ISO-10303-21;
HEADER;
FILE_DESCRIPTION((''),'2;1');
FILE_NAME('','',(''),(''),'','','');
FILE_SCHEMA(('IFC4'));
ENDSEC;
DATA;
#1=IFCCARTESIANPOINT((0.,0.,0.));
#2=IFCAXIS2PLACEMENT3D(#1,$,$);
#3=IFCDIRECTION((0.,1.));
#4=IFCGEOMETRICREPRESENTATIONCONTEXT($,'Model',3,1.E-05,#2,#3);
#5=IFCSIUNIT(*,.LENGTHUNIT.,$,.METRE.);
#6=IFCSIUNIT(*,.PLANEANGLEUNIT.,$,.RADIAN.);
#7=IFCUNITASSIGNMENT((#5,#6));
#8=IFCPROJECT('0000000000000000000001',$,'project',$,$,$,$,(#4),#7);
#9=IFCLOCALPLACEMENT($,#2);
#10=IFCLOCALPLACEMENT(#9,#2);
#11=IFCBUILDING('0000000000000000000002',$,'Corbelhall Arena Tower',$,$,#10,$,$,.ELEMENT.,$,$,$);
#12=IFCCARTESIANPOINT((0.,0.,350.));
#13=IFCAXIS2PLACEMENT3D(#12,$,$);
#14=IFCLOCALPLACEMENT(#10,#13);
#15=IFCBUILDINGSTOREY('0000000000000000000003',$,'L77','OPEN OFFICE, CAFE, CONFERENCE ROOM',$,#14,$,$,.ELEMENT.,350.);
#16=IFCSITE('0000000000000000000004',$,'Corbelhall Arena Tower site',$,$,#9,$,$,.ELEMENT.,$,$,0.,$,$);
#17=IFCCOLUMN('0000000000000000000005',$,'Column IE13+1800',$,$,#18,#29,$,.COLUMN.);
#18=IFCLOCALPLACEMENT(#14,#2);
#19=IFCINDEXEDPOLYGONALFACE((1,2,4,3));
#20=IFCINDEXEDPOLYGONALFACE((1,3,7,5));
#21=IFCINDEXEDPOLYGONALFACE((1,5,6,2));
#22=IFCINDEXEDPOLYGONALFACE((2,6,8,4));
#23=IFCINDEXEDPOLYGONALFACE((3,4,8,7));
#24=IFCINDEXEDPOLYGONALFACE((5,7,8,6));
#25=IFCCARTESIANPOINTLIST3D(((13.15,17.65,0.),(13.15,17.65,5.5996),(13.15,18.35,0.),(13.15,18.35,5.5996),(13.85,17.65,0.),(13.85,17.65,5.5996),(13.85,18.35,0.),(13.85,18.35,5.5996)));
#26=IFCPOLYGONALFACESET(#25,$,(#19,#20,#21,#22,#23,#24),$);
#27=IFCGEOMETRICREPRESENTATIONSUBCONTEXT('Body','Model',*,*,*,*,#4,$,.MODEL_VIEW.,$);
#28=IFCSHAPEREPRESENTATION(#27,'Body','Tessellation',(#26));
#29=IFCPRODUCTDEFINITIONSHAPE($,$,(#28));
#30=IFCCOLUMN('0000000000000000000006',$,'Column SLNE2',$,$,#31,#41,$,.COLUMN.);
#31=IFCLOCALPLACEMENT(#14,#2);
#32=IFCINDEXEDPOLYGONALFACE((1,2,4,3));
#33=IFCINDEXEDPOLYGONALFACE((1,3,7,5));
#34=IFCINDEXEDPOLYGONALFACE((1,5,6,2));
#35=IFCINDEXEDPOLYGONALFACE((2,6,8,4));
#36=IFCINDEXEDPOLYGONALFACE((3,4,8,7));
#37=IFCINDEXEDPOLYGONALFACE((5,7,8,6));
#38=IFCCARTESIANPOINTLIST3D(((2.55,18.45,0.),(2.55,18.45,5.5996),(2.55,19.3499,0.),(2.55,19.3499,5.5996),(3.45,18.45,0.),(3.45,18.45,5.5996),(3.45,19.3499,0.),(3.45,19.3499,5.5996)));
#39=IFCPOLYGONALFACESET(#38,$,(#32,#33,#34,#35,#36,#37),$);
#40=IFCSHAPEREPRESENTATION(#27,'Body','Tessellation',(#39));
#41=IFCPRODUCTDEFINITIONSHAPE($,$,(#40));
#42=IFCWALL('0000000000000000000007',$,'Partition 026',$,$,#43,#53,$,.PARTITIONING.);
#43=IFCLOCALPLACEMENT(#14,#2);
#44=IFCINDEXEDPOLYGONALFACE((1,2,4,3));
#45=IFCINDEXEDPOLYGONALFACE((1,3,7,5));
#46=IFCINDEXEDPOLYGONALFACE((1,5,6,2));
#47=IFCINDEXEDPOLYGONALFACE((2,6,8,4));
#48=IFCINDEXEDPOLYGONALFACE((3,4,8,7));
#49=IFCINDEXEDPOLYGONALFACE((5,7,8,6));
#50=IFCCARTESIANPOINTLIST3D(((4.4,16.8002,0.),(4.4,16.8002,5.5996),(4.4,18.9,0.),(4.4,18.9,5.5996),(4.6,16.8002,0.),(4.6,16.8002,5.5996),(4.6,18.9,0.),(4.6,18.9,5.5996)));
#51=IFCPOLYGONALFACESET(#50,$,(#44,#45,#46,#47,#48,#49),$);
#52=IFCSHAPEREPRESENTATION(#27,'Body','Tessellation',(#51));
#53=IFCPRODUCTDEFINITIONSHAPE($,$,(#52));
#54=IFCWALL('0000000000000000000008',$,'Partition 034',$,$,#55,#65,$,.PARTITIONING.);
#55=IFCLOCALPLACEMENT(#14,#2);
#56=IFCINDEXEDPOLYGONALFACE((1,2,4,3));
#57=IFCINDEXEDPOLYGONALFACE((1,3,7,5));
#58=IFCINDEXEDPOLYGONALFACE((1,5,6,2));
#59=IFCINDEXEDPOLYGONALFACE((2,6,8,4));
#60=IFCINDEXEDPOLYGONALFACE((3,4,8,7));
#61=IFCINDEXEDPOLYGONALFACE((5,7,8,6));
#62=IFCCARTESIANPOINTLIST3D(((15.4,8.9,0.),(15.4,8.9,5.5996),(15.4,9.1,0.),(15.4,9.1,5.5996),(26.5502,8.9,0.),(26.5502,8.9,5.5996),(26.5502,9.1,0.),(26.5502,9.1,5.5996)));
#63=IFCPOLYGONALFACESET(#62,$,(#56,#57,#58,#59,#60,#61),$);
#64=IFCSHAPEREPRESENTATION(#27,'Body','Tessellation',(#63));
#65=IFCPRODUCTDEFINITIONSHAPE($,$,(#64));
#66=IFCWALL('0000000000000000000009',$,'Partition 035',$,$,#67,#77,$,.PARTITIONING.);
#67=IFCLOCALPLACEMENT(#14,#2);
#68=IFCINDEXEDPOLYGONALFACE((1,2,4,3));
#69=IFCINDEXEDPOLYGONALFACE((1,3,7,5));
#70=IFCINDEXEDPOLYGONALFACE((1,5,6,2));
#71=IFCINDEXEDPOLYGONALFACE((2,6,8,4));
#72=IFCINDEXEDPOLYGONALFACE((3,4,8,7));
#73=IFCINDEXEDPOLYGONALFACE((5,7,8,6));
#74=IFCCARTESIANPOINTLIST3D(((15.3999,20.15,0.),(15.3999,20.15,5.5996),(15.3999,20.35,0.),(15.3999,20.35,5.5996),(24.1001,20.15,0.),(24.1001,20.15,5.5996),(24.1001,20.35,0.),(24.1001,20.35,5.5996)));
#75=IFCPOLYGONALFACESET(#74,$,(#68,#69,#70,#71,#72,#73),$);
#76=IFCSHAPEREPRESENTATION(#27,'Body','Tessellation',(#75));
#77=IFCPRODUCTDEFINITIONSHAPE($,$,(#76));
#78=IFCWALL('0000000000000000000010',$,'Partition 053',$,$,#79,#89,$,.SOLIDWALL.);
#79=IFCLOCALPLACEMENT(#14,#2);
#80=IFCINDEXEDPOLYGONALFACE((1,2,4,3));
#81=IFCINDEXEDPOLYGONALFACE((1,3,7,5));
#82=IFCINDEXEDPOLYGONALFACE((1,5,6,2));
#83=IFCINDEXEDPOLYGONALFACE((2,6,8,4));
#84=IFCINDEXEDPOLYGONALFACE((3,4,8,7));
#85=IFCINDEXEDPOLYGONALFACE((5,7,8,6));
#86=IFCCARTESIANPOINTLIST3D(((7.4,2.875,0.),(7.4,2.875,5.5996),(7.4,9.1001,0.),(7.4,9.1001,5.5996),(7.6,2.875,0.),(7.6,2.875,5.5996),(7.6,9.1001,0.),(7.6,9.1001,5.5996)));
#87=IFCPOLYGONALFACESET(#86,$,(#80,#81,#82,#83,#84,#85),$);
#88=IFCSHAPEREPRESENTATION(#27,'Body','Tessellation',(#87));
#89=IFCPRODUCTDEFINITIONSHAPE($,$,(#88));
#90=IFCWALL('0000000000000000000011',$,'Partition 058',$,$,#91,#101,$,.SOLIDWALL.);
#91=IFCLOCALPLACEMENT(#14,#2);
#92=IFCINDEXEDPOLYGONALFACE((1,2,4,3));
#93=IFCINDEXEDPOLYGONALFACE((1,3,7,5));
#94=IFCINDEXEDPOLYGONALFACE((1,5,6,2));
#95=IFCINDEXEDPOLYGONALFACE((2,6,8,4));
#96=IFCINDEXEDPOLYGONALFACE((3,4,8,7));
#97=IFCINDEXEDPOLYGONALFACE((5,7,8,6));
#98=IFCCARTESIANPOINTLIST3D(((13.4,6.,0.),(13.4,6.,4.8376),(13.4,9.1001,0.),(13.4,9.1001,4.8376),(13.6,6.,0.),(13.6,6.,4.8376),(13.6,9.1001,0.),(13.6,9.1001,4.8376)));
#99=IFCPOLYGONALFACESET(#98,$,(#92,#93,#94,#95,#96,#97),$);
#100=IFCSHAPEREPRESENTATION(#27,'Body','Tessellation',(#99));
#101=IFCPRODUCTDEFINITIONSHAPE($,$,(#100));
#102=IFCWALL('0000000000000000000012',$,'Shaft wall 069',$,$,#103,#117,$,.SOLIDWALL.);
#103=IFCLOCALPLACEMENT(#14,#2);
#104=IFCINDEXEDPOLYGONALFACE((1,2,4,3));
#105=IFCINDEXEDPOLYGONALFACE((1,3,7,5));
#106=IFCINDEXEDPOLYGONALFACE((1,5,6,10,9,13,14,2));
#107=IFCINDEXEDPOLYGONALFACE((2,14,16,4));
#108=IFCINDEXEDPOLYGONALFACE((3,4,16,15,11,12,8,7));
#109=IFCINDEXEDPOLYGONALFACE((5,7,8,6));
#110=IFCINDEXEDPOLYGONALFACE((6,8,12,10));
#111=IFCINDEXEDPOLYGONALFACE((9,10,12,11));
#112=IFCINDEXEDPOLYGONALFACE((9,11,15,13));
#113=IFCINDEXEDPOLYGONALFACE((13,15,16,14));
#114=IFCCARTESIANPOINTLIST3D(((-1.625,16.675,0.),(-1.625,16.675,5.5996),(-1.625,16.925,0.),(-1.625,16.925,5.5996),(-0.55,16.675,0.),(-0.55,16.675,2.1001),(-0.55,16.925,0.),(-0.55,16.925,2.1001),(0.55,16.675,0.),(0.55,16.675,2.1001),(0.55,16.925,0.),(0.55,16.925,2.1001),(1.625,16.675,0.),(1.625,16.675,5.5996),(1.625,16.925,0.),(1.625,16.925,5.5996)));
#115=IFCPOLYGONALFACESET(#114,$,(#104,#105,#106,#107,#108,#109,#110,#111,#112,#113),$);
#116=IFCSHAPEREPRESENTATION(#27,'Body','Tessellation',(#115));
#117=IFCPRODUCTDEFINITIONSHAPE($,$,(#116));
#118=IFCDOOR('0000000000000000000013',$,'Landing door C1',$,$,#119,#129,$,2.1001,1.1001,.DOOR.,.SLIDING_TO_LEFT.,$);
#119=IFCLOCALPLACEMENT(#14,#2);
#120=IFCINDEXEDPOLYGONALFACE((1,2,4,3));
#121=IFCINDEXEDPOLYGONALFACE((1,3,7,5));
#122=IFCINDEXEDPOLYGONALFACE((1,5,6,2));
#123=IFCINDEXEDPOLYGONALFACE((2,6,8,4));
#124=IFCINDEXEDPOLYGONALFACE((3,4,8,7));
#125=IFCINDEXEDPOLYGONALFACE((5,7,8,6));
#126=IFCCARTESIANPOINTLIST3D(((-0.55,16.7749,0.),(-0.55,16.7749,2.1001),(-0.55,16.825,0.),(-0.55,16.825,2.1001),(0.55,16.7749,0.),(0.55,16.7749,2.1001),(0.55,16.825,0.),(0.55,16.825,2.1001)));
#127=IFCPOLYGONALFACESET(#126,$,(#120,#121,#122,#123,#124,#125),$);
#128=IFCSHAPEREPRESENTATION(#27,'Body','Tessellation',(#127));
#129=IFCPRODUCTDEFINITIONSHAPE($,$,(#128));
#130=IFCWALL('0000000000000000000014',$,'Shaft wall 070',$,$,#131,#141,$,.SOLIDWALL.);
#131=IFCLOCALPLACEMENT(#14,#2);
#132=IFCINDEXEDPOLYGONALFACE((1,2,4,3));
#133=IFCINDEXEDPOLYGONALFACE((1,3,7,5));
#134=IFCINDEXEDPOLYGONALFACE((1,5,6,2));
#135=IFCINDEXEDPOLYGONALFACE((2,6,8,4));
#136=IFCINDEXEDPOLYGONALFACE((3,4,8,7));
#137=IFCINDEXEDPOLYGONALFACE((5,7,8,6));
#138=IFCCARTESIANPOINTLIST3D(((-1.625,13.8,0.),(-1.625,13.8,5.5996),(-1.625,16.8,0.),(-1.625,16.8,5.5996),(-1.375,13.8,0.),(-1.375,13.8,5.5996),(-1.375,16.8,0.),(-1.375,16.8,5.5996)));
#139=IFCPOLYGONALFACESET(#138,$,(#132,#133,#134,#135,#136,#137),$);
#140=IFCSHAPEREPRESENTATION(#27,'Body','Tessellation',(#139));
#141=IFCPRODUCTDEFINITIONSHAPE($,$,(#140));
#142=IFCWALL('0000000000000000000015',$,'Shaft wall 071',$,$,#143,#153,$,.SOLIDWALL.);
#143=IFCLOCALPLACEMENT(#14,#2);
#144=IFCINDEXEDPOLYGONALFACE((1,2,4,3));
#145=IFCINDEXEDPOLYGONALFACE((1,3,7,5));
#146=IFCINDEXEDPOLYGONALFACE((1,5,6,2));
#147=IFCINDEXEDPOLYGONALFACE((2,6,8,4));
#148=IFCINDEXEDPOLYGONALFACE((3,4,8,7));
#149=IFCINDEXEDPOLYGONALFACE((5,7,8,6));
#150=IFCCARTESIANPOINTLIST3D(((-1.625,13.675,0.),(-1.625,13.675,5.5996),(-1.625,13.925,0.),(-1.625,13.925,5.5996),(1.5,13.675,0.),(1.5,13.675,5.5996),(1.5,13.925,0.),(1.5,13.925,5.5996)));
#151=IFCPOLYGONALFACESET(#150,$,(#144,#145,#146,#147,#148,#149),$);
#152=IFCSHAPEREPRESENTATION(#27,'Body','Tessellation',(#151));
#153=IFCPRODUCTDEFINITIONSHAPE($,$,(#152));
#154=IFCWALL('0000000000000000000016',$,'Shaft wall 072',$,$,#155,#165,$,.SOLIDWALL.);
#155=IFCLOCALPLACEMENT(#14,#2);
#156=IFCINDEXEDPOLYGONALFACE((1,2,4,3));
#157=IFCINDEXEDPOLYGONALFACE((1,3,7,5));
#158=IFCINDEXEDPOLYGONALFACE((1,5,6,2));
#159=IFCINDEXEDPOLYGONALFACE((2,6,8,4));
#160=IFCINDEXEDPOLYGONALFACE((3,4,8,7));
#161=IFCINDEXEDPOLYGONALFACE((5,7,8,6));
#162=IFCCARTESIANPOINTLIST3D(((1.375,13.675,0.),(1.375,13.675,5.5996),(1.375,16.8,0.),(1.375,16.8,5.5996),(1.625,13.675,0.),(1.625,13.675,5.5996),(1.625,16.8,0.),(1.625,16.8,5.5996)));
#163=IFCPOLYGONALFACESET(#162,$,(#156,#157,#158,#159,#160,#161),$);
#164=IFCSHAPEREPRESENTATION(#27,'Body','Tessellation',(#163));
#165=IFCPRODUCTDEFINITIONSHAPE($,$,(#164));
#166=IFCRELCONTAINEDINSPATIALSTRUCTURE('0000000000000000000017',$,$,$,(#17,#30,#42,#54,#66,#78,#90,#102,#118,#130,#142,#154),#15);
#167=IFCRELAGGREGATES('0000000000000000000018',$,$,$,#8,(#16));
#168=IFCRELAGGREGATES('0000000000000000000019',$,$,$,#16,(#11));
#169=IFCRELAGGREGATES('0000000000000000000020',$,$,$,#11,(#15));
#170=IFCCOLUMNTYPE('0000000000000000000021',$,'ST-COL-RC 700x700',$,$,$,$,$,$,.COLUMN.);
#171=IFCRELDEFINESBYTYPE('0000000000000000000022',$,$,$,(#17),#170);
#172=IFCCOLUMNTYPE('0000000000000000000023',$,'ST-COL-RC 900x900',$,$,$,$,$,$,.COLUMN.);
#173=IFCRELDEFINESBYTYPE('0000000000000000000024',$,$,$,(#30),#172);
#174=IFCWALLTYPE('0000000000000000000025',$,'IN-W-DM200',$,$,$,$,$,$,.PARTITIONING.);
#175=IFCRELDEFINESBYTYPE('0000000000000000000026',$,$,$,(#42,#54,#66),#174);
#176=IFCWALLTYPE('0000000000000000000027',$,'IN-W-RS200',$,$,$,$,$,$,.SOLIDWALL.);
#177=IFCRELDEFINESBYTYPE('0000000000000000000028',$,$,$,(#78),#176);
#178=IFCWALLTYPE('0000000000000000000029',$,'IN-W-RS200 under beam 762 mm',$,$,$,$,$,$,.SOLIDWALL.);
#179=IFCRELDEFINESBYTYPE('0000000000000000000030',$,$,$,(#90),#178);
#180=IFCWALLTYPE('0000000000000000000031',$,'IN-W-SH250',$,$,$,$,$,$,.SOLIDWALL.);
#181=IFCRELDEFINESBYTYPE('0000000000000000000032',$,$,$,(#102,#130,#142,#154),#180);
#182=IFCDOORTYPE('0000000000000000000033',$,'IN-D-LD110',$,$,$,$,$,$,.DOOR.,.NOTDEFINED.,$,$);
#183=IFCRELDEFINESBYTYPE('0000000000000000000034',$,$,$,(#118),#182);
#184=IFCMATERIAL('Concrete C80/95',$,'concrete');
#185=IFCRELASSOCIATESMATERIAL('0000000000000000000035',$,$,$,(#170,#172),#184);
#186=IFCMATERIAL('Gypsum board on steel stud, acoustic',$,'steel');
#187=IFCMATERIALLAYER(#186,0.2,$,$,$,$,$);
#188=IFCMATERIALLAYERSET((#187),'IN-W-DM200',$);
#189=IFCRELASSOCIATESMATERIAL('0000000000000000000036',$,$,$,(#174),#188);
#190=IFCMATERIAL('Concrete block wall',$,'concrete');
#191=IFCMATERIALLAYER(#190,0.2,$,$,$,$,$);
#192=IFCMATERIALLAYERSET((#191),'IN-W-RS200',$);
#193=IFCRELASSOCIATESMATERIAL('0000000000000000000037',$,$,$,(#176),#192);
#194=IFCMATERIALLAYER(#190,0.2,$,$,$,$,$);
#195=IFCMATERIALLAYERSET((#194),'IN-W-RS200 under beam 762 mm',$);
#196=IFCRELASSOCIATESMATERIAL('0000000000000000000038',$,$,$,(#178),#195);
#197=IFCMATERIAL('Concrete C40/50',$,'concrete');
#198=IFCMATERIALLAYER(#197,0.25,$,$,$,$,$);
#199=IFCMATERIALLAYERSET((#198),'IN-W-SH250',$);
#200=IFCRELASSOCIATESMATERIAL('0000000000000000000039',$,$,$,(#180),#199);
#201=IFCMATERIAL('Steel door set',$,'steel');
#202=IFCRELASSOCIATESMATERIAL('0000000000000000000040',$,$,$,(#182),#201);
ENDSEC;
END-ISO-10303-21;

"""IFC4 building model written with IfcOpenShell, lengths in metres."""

from ifc_helpers import new_model, si_unit, direction, frame, frame_2d, origin, origin_2d, place, context, subcontext, project, spatial, rectangle, extrude, material, layer, layer_set, material_profile, profile_set, type_object, element, fill, save


model = new_model("IFC4")

# Units and contexts
model_context = context("Model", 3, precision=1e-05, world=origin(), true_north=direction((0.0, 1.0)))
body_context = subcontext(model_context, "Body", "Model", "MODEL_VIEW")
ifc_project = project(units=[si_unit("LENGTHUNIT", "METRE"), si_unit("PLANEANGLEUNIT", "RADIAN")], contexts=[model_context])

# Site, building, storey
site_placement = place(None, origin())
site = spatial("IfcSite", under=ifc_project, at=site_placement, Name="Corbelhall Arena Tower site", CompositionType="ELEMENT", RefElevation=0.0)
building_placement = place(site_placement, origin())
building = spatial("IfcBuilding", under=site, at=building_placement, Name="Corbelhall Arena Tower", CompositionType="ELEMENT")
storey_placement = place(building_placement, frame((0.0, 0.0, 350.0)))
storey = spatial("IfcBuildingStorey", under=building, at=storey_placement, Name="L77", Description="OPEN OFFICE, CAFE, CONFERENCE ROOM", CompositionType="ELEMENT", Elevation=350.0)

# Columns
ifc_material_1 = material(Name="Concrete C80/95", Category="concrete")
ifc_material_profile_1 = material_profile(ifc_material_1, rectangle(XDim=0.7, YDim=0.7, at=origin_2d()))
ifc_profile_set_1 = profile_set([ifc_material_profile_1], Name="Concrete C80/95")
column_type_1 = type_object("IfcColumnType", Name="ST-COL-RC 700x700", PredefinedType="COLUMN", material=ifc_profile_set_1)
column_1_placement = place(storey_placement, frame((13.5, 18.0, 0.0), z_axis=(0.0, 0.0, 1.0), x_axis=(1.0, 0.0, 0.0)))
element("IfcColumn", 1, at=column_1_placement, inside=storey, type_object=column_type_1, Name="Column IE13+1800", PredefinedType="COLUMN", context=body_context, shape_type="SweptSolid", body=[
    extrude(rectangle(XDim=0.7, YDim=0.7, at=origin_2d()), origin(), (0.0, 0.0, 1.0), 5.5996),
])
ifc_material_profile_2 = material_profile(ifc_material_1, rectangle(XDim=0.8999, YDim=0.8999, at=origin_2d()))
ifc_profile_set_2 = profile_set([ifc_material_profile_2], Name="Concrete C80/95")
column_type_2 = type_object("IfcColumnType", Name="ST-COL-RC 900x900", PredefinedType="COLUMN", material=ifc_profile_set_2)
column_2_placement = place(storey_placement, frame((3.0, 18.8999, 0.0), z_axis=(0.0, 0.0, 1.0), x_axis=(1.0, 0.0, 0.0)))
element("IfcColumn", 2, at=column_2_placement, inside=storey, type_object=column_type_2, Name="Column SLNE2", PredefinedType="COLUMN", context=body_context, shape_type="SweptSolid", body=[
    extrude(rectangle(XDim=0.8999, YDim=0.8999, at=origin_2d()), origin(), (0.0, 0.0, 1.0), 5.5996),
])

# Wall
ifc_material_2 = material(Name="Gypsum board on steel stud, acoustic", Category="steel")
ifc_layer_1 = layer(ifc_material_2, 0.2)
ifc_layer_set_1 = layer_set([ifc_layer_1], Name="IN-W-DM200")
wall_type_1 = type_object("IfcWallType", Name="IN-W-DM200", PredefinedType="PARTITIONING", material=ifc_layer_set_1)
wall_1_placement = place(storey_placement, frame((4.5, 18.8999, 0.0), z_axis=(0.0, 0.0, 1.0), x_axis=(0.0, -1.0, 0.0)))
element("IfcWall", 3, at=wall_1_placement, inside=storey, type_object=wall_type_1, Name="Partition 026", PredefinedType="PARTITIONING", context=body_context, shape_type="SweptSolid", body=[
    extrude(rectangle(XDim=2.0999, YDim=0.2, at=frame_2d((1.0498, 0.0))), origin(), (0.0, 0.0, 1.0), 5.5996),
])

# Shared definitions
ifc_material_3 = material(Name="Steel door set", Category="steel")

# Walls
wall_2_placement = place(storey_placement, frame((15.3999, 9.0, 0.0), z_axis=(0.0, 0.0, 1.0), x_axis=(1.0, 0.0, 0.0)))
element("IfcWall", 4, at=wall_2_placement, inside=storey, type_object=wall_type_1, Name="Partition 034", PredefinedType="PARTITIONING", context=body_context, shape_type="SweptSolid", body=[
    extrude(rectangle(XDim=11.1501, YDim=0.2, at=frame_2d((5.5752, 0.0))), origin(), (0.0, 0.0, 1.0), 5.5996),
])
wall_3_placement = place(storey_placement, frame((15.3999, 20.25, 0.0), z_axis=(0.0, 0.0, 1.0), x_axis=(1.0, 0.0, 0.0)))
element("IfcWall", 5, at=wall_3_placement, inside=storey, type_object=wall_type_1, Name="Partition 035", PredefinedType="PARTITIONING", context=body_context, shape_type="SweptSolid", body=[
    extrude(rectangle(XDim=8.7002, YDim=0.2, at=frame_2d((4.3501, 0.0))), origin(), (0.0, 0.0, 1.0), 5.5996),
])
ifc_material_4 = material(Name="Concrete block wall", Category="concrete")
ifc_layer_2 = layer(ifc_material_4, 0.2)
ifc_layer_set_2 = layer_set([ifc_layer_2], Name="IN-W-RS200")
wall_type_2 = type_object("IfcWallType", Name="IN-W-RS200", PredefinedType="SOLIDWALL", material=ifc_layer_set_2)
wall_4_placement = place(storey_placement, frame((7.5, 9.1001, 0.0), z_axis=(0.0, 0.0, 1.0), x_axis=(0.0, -1.0, 0.0)))
element("IfcWall", 6, at=wall_4_placement, inside=storey, type_object=wall_type_2, Name="Partition 053", PredefinedType="SOLIDWALL", context=body_context, shape_type="SweptSolid", body=[
    extrude(rectangle(XDim=6.2251, YDim=0.2, at=frame_2d((3.1125, 0.0))), origin(), (0.0, 0.0, 1.0), 5.5996),
])

# Wall
ifc_layer_3 = layer(ifc_material_4, 0.2)
ifc_layer_set_3 = layer_set([ifc_layer_3], Name="IN-W-RS200 under beam 762 mm")
wall_type_3 = type_object("IfcWallType", Name="IN-W-RS200 under beam 762 mm", PredefinedType="SOLIDWALL", material=ifc_layer_set_3)
wall_5_placement = place(storey_placement, frame((13.5, 9.1001, 0.0), z_axis=(0.0, 0.0, 1.0), x_axis=(0.0, -1.0, 0.0)))
element("IfcWall", 7, at=wall_5_placement, inside=storey, type_object=wall_type_3, Name="Partition 058", PredefinedType="SOLIDWALL", context=body_context, shape_type="SweptSolid", body=[
    extrude(rectangle(XDim=3.1001, YDim=0.2, at=frame_2d((1.55, 0.0))), origin(), (0.0, 0.0, 1.0), 4.8376),
])

# Wall, opening, door
ifc_material_5 = material(Name="Concrete C40/50", Category="concrete")
ifc_layer_4 = layer(ifc_material_5, 0.25)
ifc_layer_set_4 = layer_set([ifc_layer_4], Name="IN-W-SH250")
wall_type_4 = type_object("IfcWallType", Name="IN-W-SH250", PredefinedType="SOLIDWALL", material=ifc_layer_set_4)
wall_6_placement = place(storey_placement, frame((-1.625, 16.8, 0.0), z_axis=(0.0, 0.0, 1.0), x_axis=(1.0, 0.0, 0.0)))
wall_6 = element("IfcWall", 8, at=wall_6_placement, inside=storey, type_object=wall_type_4, Name="Shaft wall 069", PredefinedType="SOLIDWALL", context=body_context, shape_type="SweptSolid", body=[
    extrude(rectangle(XDim=3.25, YDim=0.25, at=frame_2d((1.625, 0.0))), origin(), (0.0, 0.0, 1.0), 5.5996),
])
opening_1_placement = place(wall_6_placement, frame((1.075, 0.0, 0.0)))
opening_1 = element("IfcOpeningElement", 9, at=opening_1_placement, cuts=wall_6, PredefinedType="OPENING", context=body_context, shape_type="SweptSolid", body=[
    extrude(rectangle(XDim=1.1001, YDim=2.1001, at=frame_2d((0.55, 1.05))), frame((0.0, 0.125, 0.0), z_axis=(0.0, -1.0, 0.0), x_axis=(1.0, 0.0, 0.0)), (0.0, 0.0, 1.0), 0.25),
])
door_type_1 = type_object("IfcDoorType", Name="IN-D-LD110", OperationType="NOTDEFINED", PredefinedType="DOOR", material=ifc_material_3)
door_1_placement = place(opening_1_placement, origin())
door_1 = element("IfcDoor", 10, at=door_1_placement, inside=storey, type_object=door_type_1, Name="Landing door C1", OperationType="SLIDING_TO_LEFT", OverallHeight=2.1001, OverallWidth=1.1001, PredefinedType="DOOR", context=body_context, shape_type="SweptSolid", body=[
    extrude(rectangle(XDim=1.1001, YDim=2.1001, at=frame_2d((0.55, 1.05))), frame((0.0, 0.0249, 0.0), z_axis=(0.0, -1.0, 0.0), x_axis=(1.0, 0.0, 0.0)), (0.0, 0.0, 1.0), 0.05),
])
fill(opening_1, door_1)

# Walls
wall_7_placement = place(storey_placement, frame((-1.5, 13.8, 0.0), z_axis=(0.0, 0.0, 1.0), x_axis=(0.0, 1.0, 0.0)))
element("IfcWall", 11, at=wall_7_placement, inside=storey, type_object=wall_type_4, Name="Shaft wall 070", PredefinedType="SOLIDWALL", context=body_context, shape_type="SweptSolid", body=[
    extrude(rectangle(XDim=3.0, YDim=0.25, at=frame_2d((1.5, 0.0))), origin(), (0.0, 0.0, 1.0), 5.5996),
])
for number, where, z_axis, x_axis, name in (
    (12, (1.5, 13.8, 0.0), (0.0, 0.0, 1.0), (-1.0, 0.0, 0.0), "Shaft wall 071"),
    (13, (1.5, 16.8, 0.0), (0.0, 0.0, 1.0), (0.0, -1.0, 0.0), "Shaft wall 072"),
):
    element("IfcWall", number, at=place(storey_placement, frame(where, z_axis=z_axis, x_axis=x_axis)), inside=storey, type_object=wall_type_4, Name=name, PredefinedType="SOLIDWALL", context=body_context, shape_type="SweptSolid", body=[
        extrude(rectangle(XDim=3.125, YDim=0.25, at=frame_2d((1.5625, 0.0))), origin(), (0.0, 0.0, 1.0), 5.5996),
    ])

save(model, "model.ifc")
